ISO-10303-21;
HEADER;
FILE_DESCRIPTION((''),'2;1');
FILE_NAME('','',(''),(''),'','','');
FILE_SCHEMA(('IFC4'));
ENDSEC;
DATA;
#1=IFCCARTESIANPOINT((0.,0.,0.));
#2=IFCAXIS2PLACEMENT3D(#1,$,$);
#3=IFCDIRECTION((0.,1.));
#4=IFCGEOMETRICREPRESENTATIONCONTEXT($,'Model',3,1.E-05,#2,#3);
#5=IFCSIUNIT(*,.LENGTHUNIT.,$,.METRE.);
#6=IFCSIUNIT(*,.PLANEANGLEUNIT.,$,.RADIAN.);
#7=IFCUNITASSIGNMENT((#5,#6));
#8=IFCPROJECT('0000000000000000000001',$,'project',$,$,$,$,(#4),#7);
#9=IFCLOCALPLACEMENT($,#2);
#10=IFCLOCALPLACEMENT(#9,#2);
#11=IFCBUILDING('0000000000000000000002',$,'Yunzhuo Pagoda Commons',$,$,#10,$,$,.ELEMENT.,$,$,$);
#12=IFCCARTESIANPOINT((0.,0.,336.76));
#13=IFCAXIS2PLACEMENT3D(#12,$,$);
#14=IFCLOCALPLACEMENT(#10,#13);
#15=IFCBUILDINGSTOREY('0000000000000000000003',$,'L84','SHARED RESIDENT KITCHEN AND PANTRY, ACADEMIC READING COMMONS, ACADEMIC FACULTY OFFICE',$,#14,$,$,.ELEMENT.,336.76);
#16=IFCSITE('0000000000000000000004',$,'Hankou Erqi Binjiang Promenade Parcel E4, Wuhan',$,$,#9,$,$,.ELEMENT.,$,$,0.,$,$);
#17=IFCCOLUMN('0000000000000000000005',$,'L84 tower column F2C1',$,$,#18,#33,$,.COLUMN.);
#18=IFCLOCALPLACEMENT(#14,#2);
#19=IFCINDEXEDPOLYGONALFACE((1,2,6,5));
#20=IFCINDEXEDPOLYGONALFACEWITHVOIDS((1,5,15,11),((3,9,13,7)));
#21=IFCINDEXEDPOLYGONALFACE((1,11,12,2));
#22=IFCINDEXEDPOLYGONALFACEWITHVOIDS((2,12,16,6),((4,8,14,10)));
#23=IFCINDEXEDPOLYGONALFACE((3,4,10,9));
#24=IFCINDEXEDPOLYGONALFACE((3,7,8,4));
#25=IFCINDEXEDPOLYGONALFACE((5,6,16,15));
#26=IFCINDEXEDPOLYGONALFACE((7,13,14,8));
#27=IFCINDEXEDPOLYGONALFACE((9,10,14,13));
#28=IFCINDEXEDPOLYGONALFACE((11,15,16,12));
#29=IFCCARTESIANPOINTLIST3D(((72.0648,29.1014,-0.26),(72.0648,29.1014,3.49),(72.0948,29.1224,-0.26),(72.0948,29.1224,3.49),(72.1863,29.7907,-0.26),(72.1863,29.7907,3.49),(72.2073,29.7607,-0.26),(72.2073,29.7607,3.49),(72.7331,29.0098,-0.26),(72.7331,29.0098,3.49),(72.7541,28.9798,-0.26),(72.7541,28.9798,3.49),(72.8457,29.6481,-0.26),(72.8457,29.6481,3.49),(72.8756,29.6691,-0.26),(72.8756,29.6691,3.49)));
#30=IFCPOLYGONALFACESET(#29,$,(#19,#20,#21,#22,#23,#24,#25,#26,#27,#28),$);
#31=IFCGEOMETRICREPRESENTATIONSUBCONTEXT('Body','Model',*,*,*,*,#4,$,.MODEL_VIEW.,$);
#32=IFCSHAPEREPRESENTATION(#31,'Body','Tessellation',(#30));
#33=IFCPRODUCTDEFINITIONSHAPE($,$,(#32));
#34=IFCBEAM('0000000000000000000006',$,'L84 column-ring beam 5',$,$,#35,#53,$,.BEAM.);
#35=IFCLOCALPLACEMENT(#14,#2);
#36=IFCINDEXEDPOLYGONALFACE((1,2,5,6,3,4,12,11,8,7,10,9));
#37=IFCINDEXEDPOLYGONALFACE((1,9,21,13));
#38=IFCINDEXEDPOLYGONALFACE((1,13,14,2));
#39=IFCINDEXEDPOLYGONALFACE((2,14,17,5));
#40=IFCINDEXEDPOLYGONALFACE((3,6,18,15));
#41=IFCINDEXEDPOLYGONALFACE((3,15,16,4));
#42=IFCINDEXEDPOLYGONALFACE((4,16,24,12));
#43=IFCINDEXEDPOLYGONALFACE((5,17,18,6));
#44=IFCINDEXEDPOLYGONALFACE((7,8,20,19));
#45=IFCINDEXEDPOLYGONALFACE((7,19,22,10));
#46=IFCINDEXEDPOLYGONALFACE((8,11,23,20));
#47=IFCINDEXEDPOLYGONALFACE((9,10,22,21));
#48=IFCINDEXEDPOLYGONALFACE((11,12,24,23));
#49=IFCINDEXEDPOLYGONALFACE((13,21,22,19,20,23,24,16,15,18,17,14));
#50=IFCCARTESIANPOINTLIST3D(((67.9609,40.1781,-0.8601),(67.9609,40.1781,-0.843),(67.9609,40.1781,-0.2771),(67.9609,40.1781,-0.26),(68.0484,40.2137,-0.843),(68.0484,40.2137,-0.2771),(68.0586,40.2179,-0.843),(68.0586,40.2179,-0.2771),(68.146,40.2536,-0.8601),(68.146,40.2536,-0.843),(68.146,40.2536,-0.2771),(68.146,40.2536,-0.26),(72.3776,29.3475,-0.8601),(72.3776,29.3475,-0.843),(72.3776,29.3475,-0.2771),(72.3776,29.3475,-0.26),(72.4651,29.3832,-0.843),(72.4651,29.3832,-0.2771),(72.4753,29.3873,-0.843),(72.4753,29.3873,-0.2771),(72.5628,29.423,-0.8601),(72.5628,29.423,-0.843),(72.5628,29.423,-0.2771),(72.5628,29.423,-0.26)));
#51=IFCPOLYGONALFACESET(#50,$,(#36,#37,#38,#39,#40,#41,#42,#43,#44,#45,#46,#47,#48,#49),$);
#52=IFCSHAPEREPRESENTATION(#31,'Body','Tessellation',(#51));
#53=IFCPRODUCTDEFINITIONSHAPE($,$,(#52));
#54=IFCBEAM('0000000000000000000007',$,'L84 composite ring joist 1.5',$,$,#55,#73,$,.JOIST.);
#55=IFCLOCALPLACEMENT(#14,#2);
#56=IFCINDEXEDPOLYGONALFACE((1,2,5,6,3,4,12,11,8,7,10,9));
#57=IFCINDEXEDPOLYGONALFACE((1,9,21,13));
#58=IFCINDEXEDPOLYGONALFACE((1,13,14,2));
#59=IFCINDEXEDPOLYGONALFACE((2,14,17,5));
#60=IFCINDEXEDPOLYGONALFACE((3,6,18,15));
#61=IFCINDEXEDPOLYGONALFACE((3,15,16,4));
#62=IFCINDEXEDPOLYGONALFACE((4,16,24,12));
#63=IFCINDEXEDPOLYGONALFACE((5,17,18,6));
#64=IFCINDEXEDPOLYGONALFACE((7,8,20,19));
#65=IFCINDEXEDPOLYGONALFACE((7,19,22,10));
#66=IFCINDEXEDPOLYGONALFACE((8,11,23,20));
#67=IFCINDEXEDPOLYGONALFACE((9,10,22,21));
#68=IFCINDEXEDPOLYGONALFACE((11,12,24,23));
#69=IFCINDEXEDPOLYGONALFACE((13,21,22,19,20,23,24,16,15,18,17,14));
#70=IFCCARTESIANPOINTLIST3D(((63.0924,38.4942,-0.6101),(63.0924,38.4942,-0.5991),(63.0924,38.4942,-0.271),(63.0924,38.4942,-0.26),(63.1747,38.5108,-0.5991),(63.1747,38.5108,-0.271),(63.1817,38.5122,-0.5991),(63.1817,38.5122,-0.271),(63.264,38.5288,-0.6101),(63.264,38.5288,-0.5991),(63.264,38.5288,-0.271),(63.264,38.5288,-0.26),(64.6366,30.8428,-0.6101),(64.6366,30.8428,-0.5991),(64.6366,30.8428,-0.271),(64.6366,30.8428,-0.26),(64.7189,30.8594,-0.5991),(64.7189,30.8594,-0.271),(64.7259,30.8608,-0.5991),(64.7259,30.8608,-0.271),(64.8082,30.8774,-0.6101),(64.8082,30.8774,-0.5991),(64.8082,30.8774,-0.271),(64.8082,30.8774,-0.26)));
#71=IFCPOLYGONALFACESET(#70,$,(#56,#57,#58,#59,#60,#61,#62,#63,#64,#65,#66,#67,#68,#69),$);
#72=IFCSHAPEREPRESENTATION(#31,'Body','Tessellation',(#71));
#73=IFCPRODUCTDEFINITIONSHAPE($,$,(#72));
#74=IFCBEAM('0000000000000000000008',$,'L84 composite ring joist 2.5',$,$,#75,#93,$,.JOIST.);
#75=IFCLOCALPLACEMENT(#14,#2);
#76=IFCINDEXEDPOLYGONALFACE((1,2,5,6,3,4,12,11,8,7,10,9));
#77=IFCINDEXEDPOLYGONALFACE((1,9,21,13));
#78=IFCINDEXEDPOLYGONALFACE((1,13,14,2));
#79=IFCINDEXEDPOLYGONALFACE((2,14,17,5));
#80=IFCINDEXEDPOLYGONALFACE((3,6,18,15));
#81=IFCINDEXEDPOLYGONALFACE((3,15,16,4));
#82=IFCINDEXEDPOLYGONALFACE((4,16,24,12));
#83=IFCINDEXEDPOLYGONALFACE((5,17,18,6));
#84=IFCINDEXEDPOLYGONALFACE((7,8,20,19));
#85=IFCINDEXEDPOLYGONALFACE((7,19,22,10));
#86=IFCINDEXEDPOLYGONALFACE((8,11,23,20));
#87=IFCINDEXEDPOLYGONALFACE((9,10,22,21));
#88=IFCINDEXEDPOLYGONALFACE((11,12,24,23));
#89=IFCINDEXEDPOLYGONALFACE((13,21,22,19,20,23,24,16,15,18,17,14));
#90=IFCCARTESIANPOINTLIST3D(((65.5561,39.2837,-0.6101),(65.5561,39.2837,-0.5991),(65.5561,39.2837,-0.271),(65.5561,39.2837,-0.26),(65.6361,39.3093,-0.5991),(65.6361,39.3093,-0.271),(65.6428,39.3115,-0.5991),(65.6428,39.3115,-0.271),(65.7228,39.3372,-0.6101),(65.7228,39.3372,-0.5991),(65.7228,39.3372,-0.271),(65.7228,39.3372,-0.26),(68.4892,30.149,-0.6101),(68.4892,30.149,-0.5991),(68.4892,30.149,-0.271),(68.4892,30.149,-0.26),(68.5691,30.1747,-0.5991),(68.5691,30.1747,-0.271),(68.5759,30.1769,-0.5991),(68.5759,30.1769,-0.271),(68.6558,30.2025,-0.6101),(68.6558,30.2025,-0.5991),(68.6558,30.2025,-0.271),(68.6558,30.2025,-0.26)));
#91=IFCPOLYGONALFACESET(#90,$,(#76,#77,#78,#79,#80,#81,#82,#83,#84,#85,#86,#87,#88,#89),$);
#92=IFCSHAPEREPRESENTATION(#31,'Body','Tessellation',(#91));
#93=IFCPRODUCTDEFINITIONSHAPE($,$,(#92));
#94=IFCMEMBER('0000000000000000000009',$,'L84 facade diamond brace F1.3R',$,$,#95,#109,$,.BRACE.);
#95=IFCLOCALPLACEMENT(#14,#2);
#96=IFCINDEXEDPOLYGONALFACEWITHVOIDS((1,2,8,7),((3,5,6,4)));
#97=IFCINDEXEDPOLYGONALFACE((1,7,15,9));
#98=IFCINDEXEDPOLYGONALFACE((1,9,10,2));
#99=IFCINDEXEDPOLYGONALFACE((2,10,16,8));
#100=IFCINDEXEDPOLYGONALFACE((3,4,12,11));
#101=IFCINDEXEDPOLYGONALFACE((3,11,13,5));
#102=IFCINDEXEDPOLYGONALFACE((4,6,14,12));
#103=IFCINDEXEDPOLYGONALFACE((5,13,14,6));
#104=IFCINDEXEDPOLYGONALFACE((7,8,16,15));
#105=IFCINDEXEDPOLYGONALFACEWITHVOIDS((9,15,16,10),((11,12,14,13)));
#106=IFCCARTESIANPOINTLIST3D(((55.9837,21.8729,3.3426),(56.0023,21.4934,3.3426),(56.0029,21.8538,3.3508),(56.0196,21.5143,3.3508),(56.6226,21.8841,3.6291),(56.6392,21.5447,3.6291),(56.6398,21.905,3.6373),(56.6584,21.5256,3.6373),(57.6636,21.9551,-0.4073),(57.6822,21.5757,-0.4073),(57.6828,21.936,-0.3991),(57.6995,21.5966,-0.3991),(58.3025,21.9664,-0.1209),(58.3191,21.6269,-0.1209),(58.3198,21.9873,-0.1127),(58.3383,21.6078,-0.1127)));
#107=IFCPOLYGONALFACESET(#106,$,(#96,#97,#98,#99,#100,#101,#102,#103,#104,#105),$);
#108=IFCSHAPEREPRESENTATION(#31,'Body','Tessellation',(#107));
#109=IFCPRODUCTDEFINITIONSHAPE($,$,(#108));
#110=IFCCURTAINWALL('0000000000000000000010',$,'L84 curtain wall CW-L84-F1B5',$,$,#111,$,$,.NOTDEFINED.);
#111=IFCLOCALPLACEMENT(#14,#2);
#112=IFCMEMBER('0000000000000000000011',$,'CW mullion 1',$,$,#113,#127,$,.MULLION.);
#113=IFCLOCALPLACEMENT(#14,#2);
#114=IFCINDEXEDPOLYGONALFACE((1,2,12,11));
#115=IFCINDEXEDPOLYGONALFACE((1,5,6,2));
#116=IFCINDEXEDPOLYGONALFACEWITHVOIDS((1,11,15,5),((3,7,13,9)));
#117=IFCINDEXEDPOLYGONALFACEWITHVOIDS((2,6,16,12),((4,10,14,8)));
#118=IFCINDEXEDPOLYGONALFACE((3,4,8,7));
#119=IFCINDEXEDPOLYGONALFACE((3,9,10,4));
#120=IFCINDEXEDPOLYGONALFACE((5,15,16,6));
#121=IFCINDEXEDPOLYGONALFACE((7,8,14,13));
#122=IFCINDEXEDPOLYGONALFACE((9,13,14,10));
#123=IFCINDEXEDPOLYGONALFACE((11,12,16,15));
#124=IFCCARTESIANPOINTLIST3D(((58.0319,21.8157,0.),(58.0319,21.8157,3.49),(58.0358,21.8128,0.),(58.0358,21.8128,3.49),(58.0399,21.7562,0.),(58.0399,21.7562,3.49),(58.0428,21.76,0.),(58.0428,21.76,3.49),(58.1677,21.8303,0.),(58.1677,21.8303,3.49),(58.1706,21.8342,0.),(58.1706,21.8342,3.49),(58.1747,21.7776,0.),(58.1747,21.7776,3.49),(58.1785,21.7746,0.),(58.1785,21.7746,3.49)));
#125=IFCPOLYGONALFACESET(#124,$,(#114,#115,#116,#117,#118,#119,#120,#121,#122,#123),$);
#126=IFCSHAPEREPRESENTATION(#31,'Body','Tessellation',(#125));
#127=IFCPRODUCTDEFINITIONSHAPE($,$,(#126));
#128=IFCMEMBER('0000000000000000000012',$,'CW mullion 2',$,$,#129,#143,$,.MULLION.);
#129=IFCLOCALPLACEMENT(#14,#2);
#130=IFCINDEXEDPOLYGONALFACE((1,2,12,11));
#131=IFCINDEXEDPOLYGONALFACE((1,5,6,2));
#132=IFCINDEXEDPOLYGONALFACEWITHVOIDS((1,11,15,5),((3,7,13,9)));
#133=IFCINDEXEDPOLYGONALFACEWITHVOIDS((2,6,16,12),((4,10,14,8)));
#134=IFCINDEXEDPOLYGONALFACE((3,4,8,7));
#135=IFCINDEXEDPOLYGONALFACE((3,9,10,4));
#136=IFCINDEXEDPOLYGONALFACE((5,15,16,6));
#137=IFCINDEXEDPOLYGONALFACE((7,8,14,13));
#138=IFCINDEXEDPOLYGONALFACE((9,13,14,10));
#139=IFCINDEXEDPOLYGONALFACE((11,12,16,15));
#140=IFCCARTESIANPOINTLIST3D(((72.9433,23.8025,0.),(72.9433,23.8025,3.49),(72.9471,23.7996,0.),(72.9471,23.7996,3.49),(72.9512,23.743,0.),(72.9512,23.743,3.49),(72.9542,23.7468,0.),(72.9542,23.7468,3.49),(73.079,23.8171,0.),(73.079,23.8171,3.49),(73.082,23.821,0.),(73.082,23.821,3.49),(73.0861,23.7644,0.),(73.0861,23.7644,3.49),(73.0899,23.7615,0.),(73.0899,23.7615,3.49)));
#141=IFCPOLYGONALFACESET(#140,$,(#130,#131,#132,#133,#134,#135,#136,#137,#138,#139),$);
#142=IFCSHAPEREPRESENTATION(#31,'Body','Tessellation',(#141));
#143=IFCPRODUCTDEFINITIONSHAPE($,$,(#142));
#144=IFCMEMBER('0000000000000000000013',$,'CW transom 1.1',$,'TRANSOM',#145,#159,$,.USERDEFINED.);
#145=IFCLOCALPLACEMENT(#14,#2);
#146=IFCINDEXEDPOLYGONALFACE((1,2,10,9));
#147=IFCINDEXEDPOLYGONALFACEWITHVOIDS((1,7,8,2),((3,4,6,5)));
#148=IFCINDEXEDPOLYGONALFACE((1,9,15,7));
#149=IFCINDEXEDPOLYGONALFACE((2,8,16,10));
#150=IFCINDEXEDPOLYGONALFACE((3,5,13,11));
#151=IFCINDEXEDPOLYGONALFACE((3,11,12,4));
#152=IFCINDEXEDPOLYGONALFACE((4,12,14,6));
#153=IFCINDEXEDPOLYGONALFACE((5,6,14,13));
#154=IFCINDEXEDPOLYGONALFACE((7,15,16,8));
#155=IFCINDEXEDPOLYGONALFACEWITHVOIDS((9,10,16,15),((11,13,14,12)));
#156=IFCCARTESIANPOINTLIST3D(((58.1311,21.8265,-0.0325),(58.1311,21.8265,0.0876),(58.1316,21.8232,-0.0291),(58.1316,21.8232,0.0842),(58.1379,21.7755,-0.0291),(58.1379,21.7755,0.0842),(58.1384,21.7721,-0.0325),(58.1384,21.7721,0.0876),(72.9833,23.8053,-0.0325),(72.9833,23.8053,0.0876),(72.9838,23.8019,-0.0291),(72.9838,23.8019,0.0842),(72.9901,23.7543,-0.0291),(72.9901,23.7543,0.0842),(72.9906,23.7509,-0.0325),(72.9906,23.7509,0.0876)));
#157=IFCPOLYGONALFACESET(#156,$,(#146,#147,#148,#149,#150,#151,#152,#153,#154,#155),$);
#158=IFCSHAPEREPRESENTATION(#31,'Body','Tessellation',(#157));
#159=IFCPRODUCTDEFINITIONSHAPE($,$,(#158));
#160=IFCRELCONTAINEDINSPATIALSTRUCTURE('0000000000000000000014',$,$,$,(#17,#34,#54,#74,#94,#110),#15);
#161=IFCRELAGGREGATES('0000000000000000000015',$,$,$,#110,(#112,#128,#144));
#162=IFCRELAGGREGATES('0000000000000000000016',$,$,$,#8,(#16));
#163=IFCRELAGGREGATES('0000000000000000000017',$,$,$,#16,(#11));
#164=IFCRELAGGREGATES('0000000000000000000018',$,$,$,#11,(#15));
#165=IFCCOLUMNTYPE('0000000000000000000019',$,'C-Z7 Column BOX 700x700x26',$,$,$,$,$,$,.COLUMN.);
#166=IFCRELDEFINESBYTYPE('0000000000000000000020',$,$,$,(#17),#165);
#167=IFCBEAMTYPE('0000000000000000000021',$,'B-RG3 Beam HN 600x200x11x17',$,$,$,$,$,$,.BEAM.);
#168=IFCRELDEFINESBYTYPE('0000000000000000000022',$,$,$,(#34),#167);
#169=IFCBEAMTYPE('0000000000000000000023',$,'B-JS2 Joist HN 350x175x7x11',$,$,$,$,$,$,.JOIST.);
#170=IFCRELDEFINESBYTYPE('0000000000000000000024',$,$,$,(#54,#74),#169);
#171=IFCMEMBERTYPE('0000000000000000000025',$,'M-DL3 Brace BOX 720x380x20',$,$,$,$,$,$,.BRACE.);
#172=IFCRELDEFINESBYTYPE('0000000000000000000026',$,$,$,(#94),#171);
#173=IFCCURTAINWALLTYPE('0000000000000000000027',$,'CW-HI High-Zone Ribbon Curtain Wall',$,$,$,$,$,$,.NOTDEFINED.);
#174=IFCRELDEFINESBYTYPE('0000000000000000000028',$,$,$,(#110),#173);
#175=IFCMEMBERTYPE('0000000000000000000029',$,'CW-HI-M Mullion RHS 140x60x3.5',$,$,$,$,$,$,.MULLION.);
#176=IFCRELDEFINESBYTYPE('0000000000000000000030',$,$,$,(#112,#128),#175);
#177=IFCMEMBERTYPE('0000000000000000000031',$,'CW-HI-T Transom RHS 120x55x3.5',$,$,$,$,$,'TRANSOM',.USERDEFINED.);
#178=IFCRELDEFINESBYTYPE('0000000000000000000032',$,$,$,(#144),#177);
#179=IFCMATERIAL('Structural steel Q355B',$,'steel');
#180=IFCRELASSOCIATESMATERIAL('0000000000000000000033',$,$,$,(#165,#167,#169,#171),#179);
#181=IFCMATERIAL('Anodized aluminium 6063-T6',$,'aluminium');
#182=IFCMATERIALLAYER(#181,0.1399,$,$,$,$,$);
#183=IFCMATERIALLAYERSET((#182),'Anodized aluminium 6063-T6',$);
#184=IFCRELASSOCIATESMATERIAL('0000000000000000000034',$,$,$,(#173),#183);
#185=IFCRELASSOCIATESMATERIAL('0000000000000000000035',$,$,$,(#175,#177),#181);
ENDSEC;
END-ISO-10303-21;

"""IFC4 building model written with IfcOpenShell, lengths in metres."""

from ifc_helpers import new_model, si_unit, direction, frame, origin, origin_2d, place, context, subcontext, project, spatial, hollow_rectangle, i_section, extrude, source, transform, mapped, material, layer, layer_set, material_profile, profile_set, type_object, element, aggregate, save


model = new_model("IFC4")

# Units and contexts
model_context = context("Model", 3, precision=1e-05, world=origin(), true_north=direction((0.0, 1.0)))
body_context = subcontext(model_context, "Body", "Model", "MODEL_VIEW")
ifc_project = project(units=[si_unit("LENGTHUNIT", "METRE"), si_unit("PLANEANGLEUNIT", "RADIAN")], contexts=[model_context])

# Site, building, storey
site_placement = place(None, origin())
site = spatial("IfcSite", under=ifc_project, at=site_placement, Name="Hankou Erqi Binjiang Promenade Parcel E4, Wuhan", CompositionType="ELEMENT", RefElevation=0.0)
building_placement = place(site_placement, origin())
building = spatial("IfcBuilding", under=site, at=building_placement, Name="Yunzhuo Pagoda Commons", CompositionType="ELEMENT")
storey_placement = place(building_placement, frame((0.0, 0.0, 336.76)))
storey = spatial("IfcBuildingStorey", under=building, at=storey_placement, Name="L84", Description="SHARED RESIDENT KITCHEN AND PANTRY, ACADEMIC READING COMMONS, ACADEMIC FACULTY OFFICE", CompositionType="ELEMENT", Elevation=336.76)

# Column
ifc_material_1 = material(Name="Structural steel Q355B", Category="steel")
ifc_material_profile_1 = material_profile(ifc_material_1, hollow_rectangle(XDim=0.7, YDim=0.7, WallThickness=0.0259, at=origin_2d()), Name="Structural steel Q355B")
ifc_profile_set_1 = profile_set([ifc_material_profile_1], Name="Structural steel Q355B")
column_type = type_object("IfcColumnType", Name="C-Z7 Column BOX 700x700x26", PredefinedType="COLUMN", material=ifc_profile_set_1)
shared_shape_1 = source(origin(), body_context, "Body", "SweptSolid", [
    extrude(hollow_rectangle(XDim=0.7, YDim=0.7, WallThickness=0.0259, at=origin_2d()), origin(), (0.0, 0.0, 1.0), 3.75),
])
column_placement = place(storey_placement, frame((72.4702, 29.3853, -0.26), z_axis=(0.0, 0.0, 1.0), x_axis=(0.173648, 0.984808, 0.0)))
element("IfcColumn", 1, at=column_placement, inside=storey, type_object=column_type, Name="L84 tower column F2C1", PredefinedType="COLUMN", context=body_context, shape_type="MappedRepresentation", body=[
    mapped(shared_shape_1, transform((0.0, 0.0, 0.0), scale=1.0)),
])

# Beams
ifc_material_profile_2 = material_profile(ifc_material_1, i_section(OverallWidth=0.2, OverallDepth=0.6001, WebThickness=0.011, FlangeThickness=0.0171, at=origin_2d()), Name="Structural steel Q355B")
ifc_profile_set_2 = profile_set([ifc_material_profile_2], Name="Structural steel Q355B")
beam_type_1 = type_object("IfcBeamType", Name="B-RG3 Beam HN 600x200x11x17", PredefinedType="BEAM", material=ifc_profile_set_2)
shared_shape_2 = source(origin(), body_context, "Body", "SweptSolid", [
    extrude(i_section(OverallWidth=0.2, OverallDepth=0.6001, WebThickness=0.011, FlangeThickness=0.0171, at=origin_2d()), origin(), (0.0, 0.0, 1.0), 11.6965),
])
beam_1_placement = place(storey_placement, frame((72.4702, 29.3853, -0.5601), z_axis=(-0.377612, 0.925964, 0.0), x_axis=(-0.925964, -0.377612, 0.0)))
element("IfcBeam", 2, at=beam_1_placement, inside=storey, type_object=beam_type_1, Name="L84 column-ring beam 5", PredefinedType="BEAM", context=body_context, shape_type="MappedRepresentation", body=[
    mapped(shared_shape_2, transform((0.0, 0.0, 0.0), scale=1.0)),
])
ifc_material_profile_3 = material_profile(ifc_material_1, i_section(OverallWidth=0.175, OverallDepth=0.3501, WebThickness=0.0071, FlangeThickness=0.011, at=origin_2d()), Name="Structural steel Q355B")
ifc_profile_set_3 = profile_set([ifc_material_profile_3], Name="Structural steel Q355B")
beam_type_2 = type_object("IfcBeamType", Name="B-JS2 Joist HN 350x175x7x11", PredefinedType="JOIST", material=ifc_profile_set_3)
shared_shape_3 = source(origin(), body_context, "Body", "SweptSolid", [
    extrude(i_section(OverallWidth=0.175, OverallDepth=0.3501, WebThickness=0.0071, FlangeThickness=0.011, at=origin_2d()), origin(), (0.0, 0.0, 1.0), 7.8057),
])
beam_2_placement = place(storey_placement, frame((64.7224, 30.8601, -0.4351), z_axis=(-0.19783, 0.980236, 0.0), x_axis=(-0.980236, -0.19783, 0.0)))
element("IfcBeam", 3, at=beam_2_placement, inside=storey, type_object=beam_type_2, Name="L84 composite ring joist 1.5", PredefinedType="JOIST", context=body_context, shape_type="MappedRepresentation", body=[
    mapped(shared_shape_3, transform((0.0, 0.0, 0.0), scale=1.0)),
])
shared_shape_4 = source(origin(), body_context, "Body", "SweptSolid", [
    extrude(i_section(OverallWidth=0.175, OverallDepth=0.3501, WebThickness=0.0071, FlangeThickness=0.011, at=origin_2d()), origin(), (0.0, 0.0, 1.0), 9.594),
])
beam_3_placement = place(storey_placement, frame((68.5725, 30.1758, -0.4351), z_axis=(-0.305719, 0.952122, 0.0), x_axis=(-0.952122, -0.305719, 0.0)))
element("IfcBeam", 4, at=beam_3_placement, inside=storey, type_object=beam_type_2, Name="L84 composite ring joist 2.5", PredefinedType="JOIST", context=body_context, shape_type="MappedRepresentation", body=[
    mapped(shared_shape_4, transform((0.0, 0.0, 0.0), scale=1.0)),
])

# Member
ifc_material_profile_4 = material_profile(ifc_material_1, hollow_rectangle(XDim=0.3799, YDim=0.72, WallThickness=0.02, at=origin_2d()), Name="Structural steel Q355B")
ifc_profile_set_4 = profile_set([ifc_material_profile_4], Name="Structural steel Q355B")
member_type_1 = type_object("IfcMemberType", Name="M-DL3 Brace BOX 720x380x20", PredefinedType="BRACE", material=ifc_profile_set_4)
shared_shape_5 = source(origin(), body_context, "Body", "SweptSolid", [
    extrude(hollow_rectangle(XDim=0.3799, YDim=0.72, WallThickness=0.02, at=origin_2d()), origin(), (0.0, 0.0, 1.0), 4.1099),
])
member_1_placement = place(storey_placement, frame((58.001, 21.7815, -0.26), z_axis=(-0.40875, -0.020019, 0.912427), x_axis=(0.048917, -0.998803, 0.0)))
element("IfcMember", 5, at=member_1_placement, inside=storey, type_object=member_type_1, Name="L84 facade diamond brace F1.3R", PredefinedType="BRACE", context=body_context, shape_type="MappedRepresentation", body=[
    mapped(shared_shape_5, transform((0.0, 0.0, 0.0), scale=1.0)),
])

# Curtain wall, members
ifc_material_2 = material(Name="Anodized aluminium 6063-T6", Category="aluminium")
ifc_layer_1 = layer(ifc_material_2, 0.1399)
ifc_layer_set_1 = layer_set([ifc_layer_1], Name="Anodized aluminium 6063-T6")
curtain_wall_type_1 = type_object("IfcCurtainWallType", Name="CW-HI High-Zone Ribbon Curtain Wall", PredefinedType="NOTDEFINED", material=ifc_layer_set_1)
curtain_wall_1_placement = place(storey_placement, origin())
curtain_wall_1 = element("IfcCurtainWall", 6, at=curtain_wall_1_placement, inside=storey, type_object=curtain_wall_type_1, Name="L84 curtain wall CW-L84-F1B5", PredefinedType="NOTDEFINED")
ifc_material_profile_5 = material_profile(ifc_material_2, hollow_rectangle(XDim=0.0601, YDim=0.1399, WallThickness=0.0034, at=origin_2d()), Name="Anodized aluminium 6063-T6")
ifc_profile_set_5 = profile_set([ifc_material_profile_5], Name="Anodized aluminium 6063-T6")
member_type_2 = type_object("IfcMemberType", Name="CW-HI-M Mullion RHS 140x60x3.5", PredefinedType="MULLION", material=ifc_profile_set_5)
shared_shape_6 = source(origin(), body_context, "Body", "SweptSolid", [
    extrude(hollow_rectangle(XDim=0.0601, YDim=0.1399, WallThickness=0.0034, at=origin_2d()), origin(), (0.0, 0.0, 1.0), 3.49),
])
member_2_placement = place(storey_placement, frame((58.1052, 21.7952, 0.0), z_axis=(0.0, 0.0, 1.0), x_axis=(-0.132069, 0.991241, 0.0)))
member_2 = element("IfcMember", 7, at=member_2_placement, type_object=member_type_2, Name="CW mullion 1", PredefinedType="MULLION", context=body_context, shape_type="MappedRepresentation", body=[
    mapped(shared_shape_6, transform((0.0, 0.0, 0.0), scale=1.0)),
])
member_3_placement = place(storey_placement, frame((73.0166, 23.782, 0.0), z_axis=(0.0, 0.0, 1.0), x_axis=(-0.132069, 0.991241, 0.0)))
member_3 = element("IfcMember", 8, at=member_3_placement, type_object=member_type_2, Name="CW mullion 2", PredefinedType="MULLION", context=body_context, shape_type="MappedRepresentation", body=[
    mapped(shared_shape_6, transform((0.0, 0.0, 0.0), scale=1.0)),
])
ifc_material_profile_6 = material_profile(ifc_material_2, hollow_rectangle(XDim=0.0549, YDim=0.1201, WallThickness=0.0034, at=origin_2d()), Name="Anodized aluminium 6063-T6")
ifc_profile_set_6 = profile_set([ifc_material_profile_6], Name="Anodized aluminium 6063-T6")
member_type_3 = type_object("IfcMemberType", Name="CW-HI-T Transom RHS 120x55x3.5", ElementType="TRANSOM", PredefinedType="USERDEFINED", material=ifc_profile_set_6)
shared_shape_7 = source(origin(), body_context, "Body", "SweptSolid", [
    extrude(hollow_rectangle(XDim=0.0549, YDim=0.1201, WallThickness=0.0034, at=origin_2d()), origin(), (0.0, 0.0, 1.0), 14.9834),
])
member_4_placement = place(storey_placement, frame((58.1348, 21.7993, 0.0276), z_axis=(0.991241, 0.132064, 0.0), x_axis=(-0.132064, 0.991241, 0.0)))
member_4 = element("IfcMember", 9, at=member_4_placement, type_object=member_type_3, Name="CW transom 1.1", ObjectType="TRANSOM", PredefinedType="USERDEFINED", context=body_context, shape_type="MappedRepresentation", body=[
    mapped(shared_shape_7, transform((0.0, 0.0, 0.0), scale=1.0)),
])

aggregate(curtain_wall_1, [member_2, member_3, member_4])

save(model, "model.ifc")
